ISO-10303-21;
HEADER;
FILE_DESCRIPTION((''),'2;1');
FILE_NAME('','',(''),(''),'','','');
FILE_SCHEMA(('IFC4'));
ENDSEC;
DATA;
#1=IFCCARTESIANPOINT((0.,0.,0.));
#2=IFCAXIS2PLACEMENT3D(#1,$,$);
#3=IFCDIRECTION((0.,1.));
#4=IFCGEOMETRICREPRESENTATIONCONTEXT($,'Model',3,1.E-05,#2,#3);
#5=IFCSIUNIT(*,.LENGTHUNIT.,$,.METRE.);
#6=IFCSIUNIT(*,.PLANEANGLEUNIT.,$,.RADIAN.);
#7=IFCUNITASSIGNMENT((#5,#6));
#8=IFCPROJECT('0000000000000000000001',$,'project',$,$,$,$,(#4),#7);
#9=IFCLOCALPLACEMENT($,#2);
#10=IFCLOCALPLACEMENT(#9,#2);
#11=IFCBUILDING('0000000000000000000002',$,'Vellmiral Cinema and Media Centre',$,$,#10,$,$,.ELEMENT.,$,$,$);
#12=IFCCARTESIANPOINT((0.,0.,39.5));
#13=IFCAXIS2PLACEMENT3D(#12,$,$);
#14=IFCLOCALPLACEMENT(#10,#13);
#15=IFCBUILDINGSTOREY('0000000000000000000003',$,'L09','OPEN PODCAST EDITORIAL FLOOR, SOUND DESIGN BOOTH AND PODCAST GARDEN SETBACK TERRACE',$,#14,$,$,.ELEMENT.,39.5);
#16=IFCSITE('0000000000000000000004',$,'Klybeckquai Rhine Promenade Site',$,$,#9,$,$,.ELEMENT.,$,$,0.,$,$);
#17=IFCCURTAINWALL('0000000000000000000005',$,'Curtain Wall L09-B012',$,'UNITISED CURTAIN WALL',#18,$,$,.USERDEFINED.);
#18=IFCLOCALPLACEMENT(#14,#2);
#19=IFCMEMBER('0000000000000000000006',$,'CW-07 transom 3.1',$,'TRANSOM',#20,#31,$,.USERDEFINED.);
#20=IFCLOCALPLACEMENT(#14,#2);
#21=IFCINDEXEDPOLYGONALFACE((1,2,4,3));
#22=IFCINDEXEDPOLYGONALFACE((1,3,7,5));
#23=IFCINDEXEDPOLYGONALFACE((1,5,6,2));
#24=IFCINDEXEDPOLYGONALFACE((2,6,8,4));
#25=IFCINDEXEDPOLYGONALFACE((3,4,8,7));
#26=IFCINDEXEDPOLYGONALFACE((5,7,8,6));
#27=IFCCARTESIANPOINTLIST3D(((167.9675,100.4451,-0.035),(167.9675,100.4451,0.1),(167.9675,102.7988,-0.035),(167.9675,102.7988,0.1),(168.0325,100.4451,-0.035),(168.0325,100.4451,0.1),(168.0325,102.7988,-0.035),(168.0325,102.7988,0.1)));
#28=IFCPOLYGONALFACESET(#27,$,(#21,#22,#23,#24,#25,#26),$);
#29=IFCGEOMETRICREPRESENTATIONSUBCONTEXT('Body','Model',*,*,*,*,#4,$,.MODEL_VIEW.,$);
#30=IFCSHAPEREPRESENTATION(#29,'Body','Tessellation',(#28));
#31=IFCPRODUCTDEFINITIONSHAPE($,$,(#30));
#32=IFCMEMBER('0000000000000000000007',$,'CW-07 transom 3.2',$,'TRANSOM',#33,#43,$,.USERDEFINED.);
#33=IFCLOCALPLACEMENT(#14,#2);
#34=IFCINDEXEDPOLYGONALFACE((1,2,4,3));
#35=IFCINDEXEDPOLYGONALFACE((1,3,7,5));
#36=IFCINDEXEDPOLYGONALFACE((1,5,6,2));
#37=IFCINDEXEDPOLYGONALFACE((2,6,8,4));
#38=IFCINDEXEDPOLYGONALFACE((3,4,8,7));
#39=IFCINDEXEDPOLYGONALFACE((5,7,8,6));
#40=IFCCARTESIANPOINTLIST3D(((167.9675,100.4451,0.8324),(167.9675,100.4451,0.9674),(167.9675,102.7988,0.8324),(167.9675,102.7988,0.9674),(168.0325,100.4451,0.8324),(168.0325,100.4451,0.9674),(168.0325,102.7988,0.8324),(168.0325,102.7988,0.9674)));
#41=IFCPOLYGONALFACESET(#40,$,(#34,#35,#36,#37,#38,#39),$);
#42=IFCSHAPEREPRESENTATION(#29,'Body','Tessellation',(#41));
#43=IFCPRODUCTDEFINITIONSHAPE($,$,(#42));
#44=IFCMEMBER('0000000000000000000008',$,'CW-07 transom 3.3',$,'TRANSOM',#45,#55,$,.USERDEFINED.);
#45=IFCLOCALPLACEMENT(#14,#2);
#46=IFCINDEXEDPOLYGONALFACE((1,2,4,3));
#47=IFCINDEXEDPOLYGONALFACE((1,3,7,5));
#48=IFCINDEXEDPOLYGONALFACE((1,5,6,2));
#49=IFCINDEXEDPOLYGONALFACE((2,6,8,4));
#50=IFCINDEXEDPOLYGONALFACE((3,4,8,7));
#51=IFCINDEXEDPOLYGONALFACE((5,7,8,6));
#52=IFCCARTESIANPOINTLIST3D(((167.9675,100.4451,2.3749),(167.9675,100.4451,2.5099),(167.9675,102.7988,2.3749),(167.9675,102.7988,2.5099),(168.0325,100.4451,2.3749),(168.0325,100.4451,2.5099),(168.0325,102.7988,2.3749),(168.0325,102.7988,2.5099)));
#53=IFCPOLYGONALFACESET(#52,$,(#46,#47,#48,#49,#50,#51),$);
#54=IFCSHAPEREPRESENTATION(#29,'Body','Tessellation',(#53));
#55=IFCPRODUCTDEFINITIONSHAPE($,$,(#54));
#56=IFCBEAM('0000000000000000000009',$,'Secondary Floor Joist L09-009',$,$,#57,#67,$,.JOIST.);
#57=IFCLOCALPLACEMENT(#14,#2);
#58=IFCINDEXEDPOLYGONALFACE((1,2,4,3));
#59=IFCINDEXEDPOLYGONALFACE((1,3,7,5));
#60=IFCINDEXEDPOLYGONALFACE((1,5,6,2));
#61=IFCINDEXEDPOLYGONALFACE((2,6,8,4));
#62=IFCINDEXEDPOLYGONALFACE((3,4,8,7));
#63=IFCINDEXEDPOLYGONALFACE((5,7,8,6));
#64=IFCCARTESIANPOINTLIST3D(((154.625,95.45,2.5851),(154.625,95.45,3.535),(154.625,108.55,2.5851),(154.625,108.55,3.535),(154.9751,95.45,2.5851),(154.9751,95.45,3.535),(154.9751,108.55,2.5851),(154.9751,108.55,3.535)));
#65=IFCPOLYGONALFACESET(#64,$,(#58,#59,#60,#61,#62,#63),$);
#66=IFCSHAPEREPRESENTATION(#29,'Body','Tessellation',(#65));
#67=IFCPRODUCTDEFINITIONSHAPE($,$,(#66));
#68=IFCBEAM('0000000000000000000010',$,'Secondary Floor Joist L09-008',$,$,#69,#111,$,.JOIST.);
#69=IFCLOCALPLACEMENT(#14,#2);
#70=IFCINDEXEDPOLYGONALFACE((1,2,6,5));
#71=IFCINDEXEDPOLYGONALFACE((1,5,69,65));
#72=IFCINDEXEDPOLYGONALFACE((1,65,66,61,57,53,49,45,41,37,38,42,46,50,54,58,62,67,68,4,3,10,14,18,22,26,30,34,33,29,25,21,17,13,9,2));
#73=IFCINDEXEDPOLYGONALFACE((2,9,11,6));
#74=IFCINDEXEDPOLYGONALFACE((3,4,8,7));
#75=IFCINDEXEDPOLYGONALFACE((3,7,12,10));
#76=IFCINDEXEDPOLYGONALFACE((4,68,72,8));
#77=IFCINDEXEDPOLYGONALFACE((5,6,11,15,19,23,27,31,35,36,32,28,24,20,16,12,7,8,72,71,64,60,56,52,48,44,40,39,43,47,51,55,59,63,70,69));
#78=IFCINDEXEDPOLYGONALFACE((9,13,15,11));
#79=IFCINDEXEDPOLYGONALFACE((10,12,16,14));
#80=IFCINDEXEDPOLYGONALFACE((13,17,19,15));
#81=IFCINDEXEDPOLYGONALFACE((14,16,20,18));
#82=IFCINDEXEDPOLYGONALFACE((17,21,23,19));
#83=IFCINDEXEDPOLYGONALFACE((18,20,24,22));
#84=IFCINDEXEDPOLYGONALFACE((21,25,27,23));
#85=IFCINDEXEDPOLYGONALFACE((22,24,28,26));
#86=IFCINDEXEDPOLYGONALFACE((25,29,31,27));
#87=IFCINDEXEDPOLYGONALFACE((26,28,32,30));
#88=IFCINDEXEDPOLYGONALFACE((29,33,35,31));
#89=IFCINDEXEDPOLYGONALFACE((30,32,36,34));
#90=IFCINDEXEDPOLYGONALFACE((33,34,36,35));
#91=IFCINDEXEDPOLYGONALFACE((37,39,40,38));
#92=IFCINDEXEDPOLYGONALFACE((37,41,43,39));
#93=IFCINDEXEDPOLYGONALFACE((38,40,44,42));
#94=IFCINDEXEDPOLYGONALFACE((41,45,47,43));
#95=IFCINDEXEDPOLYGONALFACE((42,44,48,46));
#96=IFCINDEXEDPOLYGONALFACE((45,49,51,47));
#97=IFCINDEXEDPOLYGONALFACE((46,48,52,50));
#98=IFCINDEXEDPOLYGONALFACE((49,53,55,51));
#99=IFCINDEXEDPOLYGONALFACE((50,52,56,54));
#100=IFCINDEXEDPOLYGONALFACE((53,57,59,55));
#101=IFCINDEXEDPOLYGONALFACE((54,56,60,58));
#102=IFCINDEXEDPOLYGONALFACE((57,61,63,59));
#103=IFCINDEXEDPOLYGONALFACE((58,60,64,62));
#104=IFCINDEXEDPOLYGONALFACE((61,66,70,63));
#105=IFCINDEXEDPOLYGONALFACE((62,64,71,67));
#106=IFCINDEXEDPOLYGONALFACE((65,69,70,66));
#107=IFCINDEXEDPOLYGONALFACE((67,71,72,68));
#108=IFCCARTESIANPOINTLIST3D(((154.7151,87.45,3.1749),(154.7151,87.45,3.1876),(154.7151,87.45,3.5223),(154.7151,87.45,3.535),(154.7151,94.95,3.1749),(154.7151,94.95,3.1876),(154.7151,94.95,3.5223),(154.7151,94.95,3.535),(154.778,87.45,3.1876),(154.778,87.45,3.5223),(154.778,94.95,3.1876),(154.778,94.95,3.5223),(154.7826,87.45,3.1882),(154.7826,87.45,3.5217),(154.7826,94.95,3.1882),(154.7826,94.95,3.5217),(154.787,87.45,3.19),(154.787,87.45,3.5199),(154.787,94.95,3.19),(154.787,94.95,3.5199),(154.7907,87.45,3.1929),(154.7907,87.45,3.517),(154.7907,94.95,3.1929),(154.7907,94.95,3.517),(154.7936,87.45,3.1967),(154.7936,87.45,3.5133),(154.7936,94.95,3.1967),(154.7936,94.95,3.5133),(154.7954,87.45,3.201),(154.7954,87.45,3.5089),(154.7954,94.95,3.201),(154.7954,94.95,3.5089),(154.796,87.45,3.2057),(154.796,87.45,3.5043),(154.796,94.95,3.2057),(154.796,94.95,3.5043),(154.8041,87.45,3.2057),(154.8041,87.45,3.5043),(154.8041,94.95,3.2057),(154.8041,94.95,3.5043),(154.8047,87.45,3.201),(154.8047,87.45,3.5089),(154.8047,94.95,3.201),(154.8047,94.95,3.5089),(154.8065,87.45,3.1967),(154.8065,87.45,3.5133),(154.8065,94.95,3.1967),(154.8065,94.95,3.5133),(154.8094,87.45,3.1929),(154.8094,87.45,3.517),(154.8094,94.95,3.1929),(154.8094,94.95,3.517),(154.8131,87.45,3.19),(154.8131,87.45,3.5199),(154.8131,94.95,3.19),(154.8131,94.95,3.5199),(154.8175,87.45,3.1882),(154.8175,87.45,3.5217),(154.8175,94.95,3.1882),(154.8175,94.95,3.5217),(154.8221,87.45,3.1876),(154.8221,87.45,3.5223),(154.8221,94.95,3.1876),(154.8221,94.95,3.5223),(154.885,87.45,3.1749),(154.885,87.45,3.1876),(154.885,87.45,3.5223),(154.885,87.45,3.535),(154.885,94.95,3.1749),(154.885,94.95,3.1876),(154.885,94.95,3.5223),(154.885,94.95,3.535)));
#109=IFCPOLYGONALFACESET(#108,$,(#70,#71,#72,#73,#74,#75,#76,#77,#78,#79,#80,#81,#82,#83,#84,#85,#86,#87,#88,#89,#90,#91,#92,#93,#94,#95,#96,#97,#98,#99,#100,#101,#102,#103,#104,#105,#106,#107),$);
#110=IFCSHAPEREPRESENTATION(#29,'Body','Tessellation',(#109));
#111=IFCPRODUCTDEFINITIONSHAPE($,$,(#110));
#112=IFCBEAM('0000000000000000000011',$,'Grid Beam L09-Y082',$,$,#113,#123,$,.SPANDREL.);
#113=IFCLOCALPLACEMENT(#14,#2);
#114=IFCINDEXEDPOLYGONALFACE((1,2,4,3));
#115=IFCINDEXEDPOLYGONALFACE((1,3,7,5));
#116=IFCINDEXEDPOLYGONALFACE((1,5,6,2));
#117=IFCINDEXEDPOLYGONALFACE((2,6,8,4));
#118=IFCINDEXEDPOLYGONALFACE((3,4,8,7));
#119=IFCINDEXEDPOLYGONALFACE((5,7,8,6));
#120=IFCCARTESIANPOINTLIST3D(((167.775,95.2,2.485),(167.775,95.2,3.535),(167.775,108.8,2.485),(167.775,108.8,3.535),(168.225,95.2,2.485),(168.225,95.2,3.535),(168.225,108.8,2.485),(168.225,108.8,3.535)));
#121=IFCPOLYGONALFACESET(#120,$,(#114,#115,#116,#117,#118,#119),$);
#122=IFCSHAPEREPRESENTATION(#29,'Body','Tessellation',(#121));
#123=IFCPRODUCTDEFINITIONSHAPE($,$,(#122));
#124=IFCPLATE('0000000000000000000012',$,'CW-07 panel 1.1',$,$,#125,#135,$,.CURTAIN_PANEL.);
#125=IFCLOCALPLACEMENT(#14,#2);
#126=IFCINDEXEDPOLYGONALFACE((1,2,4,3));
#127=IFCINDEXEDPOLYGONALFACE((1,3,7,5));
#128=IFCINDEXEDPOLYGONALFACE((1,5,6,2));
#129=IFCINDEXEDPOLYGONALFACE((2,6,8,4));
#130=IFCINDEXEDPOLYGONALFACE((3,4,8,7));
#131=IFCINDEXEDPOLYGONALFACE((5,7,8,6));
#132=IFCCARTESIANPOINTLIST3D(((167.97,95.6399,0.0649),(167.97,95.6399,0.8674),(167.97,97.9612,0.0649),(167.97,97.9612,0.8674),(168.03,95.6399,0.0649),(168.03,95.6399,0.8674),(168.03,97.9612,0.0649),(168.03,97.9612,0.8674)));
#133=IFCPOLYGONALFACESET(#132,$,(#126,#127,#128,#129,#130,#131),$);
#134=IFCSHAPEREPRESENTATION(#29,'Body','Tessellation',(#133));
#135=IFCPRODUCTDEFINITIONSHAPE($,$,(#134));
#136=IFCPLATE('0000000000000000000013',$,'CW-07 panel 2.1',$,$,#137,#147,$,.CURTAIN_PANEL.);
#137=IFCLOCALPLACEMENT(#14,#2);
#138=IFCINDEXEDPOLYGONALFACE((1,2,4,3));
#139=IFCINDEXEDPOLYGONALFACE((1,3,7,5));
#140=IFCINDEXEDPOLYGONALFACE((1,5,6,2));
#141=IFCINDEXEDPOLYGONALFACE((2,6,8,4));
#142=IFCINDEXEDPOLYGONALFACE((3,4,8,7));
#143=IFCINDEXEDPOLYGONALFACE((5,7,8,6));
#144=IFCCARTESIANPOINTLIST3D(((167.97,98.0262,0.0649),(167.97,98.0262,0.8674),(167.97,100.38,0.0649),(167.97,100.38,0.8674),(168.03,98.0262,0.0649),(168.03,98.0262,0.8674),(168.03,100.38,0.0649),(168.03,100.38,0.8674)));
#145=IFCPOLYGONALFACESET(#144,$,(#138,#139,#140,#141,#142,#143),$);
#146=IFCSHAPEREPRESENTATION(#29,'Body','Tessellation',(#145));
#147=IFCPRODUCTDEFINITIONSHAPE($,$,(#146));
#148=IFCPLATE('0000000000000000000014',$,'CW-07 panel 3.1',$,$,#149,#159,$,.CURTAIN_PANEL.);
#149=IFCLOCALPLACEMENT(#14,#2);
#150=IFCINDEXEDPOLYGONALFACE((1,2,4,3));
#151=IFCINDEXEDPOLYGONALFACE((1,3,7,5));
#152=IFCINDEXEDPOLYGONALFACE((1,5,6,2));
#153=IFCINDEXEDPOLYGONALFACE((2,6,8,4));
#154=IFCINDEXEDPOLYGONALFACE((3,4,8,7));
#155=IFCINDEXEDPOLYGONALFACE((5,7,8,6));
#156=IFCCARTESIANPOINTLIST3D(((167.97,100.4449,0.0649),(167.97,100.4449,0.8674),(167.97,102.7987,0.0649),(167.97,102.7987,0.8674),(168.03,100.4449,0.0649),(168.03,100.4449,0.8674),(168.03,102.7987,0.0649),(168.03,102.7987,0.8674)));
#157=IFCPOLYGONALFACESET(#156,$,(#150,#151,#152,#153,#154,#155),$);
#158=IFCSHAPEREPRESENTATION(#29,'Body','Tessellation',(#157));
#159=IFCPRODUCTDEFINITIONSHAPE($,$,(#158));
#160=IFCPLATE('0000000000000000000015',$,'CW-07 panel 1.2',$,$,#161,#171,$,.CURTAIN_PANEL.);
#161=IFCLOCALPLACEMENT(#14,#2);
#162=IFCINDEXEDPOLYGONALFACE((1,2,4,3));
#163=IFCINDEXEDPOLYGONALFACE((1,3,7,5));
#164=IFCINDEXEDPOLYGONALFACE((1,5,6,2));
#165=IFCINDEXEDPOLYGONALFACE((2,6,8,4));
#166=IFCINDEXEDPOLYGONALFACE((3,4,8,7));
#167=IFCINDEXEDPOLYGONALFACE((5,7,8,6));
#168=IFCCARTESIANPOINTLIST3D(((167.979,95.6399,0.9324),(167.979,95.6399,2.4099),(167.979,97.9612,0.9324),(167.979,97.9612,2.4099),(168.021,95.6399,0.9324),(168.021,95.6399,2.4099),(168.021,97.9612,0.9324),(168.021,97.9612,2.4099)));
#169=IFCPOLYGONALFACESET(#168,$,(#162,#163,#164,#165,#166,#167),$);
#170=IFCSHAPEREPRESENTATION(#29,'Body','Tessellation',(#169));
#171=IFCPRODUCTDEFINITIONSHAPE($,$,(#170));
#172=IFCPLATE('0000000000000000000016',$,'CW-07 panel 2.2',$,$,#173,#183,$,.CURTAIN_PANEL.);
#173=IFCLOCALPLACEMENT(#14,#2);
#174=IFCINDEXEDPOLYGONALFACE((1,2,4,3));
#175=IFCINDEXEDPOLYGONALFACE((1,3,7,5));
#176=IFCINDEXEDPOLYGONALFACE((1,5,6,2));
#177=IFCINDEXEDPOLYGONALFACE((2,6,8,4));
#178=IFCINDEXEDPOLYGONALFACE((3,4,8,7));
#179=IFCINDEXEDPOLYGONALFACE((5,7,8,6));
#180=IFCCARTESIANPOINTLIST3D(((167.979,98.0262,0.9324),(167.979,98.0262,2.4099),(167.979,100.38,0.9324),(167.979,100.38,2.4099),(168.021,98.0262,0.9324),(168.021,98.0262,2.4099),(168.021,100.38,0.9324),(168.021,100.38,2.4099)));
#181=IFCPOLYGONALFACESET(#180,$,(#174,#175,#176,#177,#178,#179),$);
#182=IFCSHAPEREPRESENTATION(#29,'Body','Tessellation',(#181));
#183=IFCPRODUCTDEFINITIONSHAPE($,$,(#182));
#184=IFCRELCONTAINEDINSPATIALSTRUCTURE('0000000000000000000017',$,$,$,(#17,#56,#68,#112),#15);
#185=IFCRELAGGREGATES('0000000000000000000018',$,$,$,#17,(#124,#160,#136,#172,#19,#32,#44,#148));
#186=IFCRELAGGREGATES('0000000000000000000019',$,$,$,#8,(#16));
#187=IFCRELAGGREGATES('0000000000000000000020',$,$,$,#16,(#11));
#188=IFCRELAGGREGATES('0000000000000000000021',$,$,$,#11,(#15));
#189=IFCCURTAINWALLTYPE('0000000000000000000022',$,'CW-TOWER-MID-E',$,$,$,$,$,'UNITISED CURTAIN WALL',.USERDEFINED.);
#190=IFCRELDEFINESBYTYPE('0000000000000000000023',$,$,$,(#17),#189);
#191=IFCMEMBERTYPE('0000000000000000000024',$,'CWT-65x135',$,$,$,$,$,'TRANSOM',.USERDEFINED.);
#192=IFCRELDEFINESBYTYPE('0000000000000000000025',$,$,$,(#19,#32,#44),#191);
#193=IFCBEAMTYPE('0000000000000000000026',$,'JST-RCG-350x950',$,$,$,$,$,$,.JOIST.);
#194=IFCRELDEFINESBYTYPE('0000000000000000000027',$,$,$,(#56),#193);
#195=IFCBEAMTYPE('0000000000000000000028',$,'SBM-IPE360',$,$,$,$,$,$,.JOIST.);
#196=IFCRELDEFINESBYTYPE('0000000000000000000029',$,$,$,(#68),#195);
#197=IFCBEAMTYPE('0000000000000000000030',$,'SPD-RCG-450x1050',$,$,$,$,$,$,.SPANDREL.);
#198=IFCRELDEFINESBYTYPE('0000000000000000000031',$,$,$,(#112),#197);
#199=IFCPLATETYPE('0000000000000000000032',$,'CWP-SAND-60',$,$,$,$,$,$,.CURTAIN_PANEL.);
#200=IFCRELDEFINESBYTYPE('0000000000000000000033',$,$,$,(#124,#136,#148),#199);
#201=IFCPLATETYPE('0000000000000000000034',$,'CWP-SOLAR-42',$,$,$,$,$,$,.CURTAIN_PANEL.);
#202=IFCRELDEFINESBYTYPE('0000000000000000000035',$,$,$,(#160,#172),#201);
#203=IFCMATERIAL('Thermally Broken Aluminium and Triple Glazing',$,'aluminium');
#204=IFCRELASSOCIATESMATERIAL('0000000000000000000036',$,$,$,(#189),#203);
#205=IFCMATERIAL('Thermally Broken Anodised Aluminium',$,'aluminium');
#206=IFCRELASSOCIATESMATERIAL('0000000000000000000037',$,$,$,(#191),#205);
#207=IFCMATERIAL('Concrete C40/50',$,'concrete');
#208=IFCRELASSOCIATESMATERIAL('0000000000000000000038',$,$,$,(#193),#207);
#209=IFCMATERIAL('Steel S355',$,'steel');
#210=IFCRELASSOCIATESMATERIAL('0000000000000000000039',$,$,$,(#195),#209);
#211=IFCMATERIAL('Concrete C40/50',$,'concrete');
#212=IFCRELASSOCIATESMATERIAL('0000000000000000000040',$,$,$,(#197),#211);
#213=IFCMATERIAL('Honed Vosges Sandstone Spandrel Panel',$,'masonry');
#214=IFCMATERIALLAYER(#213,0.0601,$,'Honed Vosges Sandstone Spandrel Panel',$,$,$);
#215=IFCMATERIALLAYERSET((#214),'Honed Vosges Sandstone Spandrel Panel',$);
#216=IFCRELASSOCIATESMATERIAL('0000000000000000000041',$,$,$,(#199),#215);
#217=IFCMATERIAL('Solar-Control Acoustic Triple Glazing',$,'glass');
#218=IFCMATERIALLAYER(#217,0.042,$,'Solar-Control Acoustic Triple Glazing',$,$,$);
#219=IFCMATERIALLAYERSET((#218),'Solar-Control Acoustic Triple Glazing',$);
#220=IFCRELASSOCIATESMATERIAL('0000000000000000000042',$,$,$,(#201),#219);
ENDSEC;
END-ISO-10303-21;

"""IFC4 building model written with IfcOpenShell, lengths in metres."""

from ifc_helpers import new_model, si_unit, direction, frame, origin, origin_2d, place, context, subcontext, project, spatial, rectangle, i_section, extrude, material, layer, layer_set, material_profile, profile_set, type_object, element, aggregate, save


model = new_model("IFC4")

# Units and contexts
model_context = context("Model", 3, precision=1e-05, world=origin(), true_north=direction((0.0, 1.0)))
body_context = subcontext(model_context, "Body", "Model", "MODEL_VIEW")
ifc_project = project(units=[si_unit("LENGTHUNIT", "METRE"), si_unit("PLANEANGLEUNIT", "RADIAN")], contexts=[model_context])

# Site, building, storey
site_placement = place(None, origin())
site = spatial("IfcSite", under=ifc_project, at=site_placement, Name="Klybeckquai Rhine Promenade Site", CompositionType="ELEMENT", RefElevation=0.0)
building_placement = place(site_placement, origin())
building = spatial("IfcBuilding", under=site, at=building_placement, Name="Vellmiral Cinema and Media Centre", CompositionType="ELEMENT")
storey_placement = place(building_placement, frame((0.0, 0.0, 39.5)))
storey = spatial("IfcBuildingStorey", under=building, at=storey_placement, Name="L09", Description="OPEN PODCAST EDITORIAL FLOOR, SOUND DESIGN BOOTH AND PODCAST GARDEN SETBACK TERRACE", CompositionType="ELEMENT", Elevation=39.5)

# Curtain wall, members
ifc_material_1 = material(Name="Thermally Broken Aluminium and Triple Glazing", Category="aluminium")
curtain_wall_type = type_object("IfcCurtainWallType", Name="CW-TOWER-MID-E", ElementType="UNITISED CURTAIN WALL", PredefinedType="USERDEFINED", material=ifc_material_1)
curtain_wall_placement = place(storey_placement, origin())
curtain_wall = element("IfcCurtainWall", 1, at=curtain_wall_placement, inside=storey, type_object=curtain_wall_type, Name="Curtain Wall L09-B012", ObjectType="UNITISED CURTAIN WALL", PredefinedType="USERDEFINED")
ifc_material_2 = material(Name="Thermally Broken Anodised Aluminium", Category="aluminium")
ifc_material_profile_1 = material_profile(ifc_material_2, rectangle(XDim=0.0649, YDim=0.135, at=origin_2d()), Name="MULL 65x135")
ifc_profile_set_1 = profile_set([ifc_material_profile_1], Name="Thermally Broken Anodised Aluminium")
member_type_1 = type_object("IfcMemberType", Name="CWT-65x135", ElementType="TRANSOM", PredefinedType="USERDEFINED", material=ifc_profile_set_1)
member_1_placement = place(storey_placement, frame((168.0, 100.4451, 0.0325), z_axis=(0.0, 1.0, 0.0), x_axis=(-1.0, 0.0, 0.0)))
member_1 = element("IfcMember", 2, at=member_1_placement, type_object=member_type_1, Name="CW-07 transom 3.1", ObjectType="TRANSOM", PredefinedType="USERDEFINED", context=body_context, shape_type="SweptSolid", body=[
    extrude(rectangle(XDim=0.0649, YDim=0.135, at=origin_2d()), origin(), (0.0, 0.0, 1.0), 2.3538),
])
member_2_placement = place(storey_placement, frame((168.0, 100.4451, 0.8999), z_axis=(0.0, 1.0, 0.0), x_axis=(-1.0, 0.0, 0.0)))
member_2 = element("IfcMember", 3, at=member_2_placement, type_object=member_type_1, Name="CW-07 transom 3.2", ObjectType="TRANSOM", PredefinedType="USERDEFINED", context=body_context, shape_type="SweptSolid", body=[
    extrude(rectangle(XDim=0.0649, YDim=0.135, at=origin_2d()), origin(), (0.0, 0.0, 1.0), 2.3538),
])
member_3_placement = place(storey_placement, frame((168.0, 100.4451, 2.4424), z_axis=(0.0, 1.0, 0.0), x_axis=(-1.0, 0.0, 0.0)))
member_3 = element("IfcMember", 4, at=member_3_placement, type_object=member_type_1, Name="CW-07 transom 3.3", ObjectType="TRANSOM", PredefinedType="USERDEFINED", context=body_context, shape_type="SweptSolid", body=[
    extrude(rectangle(XDim=0.0649, YDim=0.135, at=origin_2d()), origin(), (0.0, 0.0, 1.0), 2.3538),
])

# Beams
ifc_material_3 = material(Name="Concrete C40/50", Category="concrete")
ifc_material_profile_2 = material_profile(ifc_material_3, rectangle(XDim=0.3501, YDim=0.95, at=origin_2d()), Name="RC 350x950")
ifc_profile_set_2 = profile_set([ifc_material_profile_2], Name="Concrete C40/50")
beam_type_1 = type_object("IfcBeamType", Name="JST-RCG-350x950", PredefinedType="JOIST", material=ifc_profile_set_2)
beam_1_placement = place(storey_placement, frame((154.8, 95.45, 3.0601), z_axis=(0.0, 1.0, 0.0), x_axis=(-1.0, 0.0, 0.0)))
element("IfcBeam", 5, at=beam_1_placement, inside=storey, type_object=beam_type_1, Name="Secondary Floor Joist L09-009", PredefinedType="JOIST", context=body_context, shape_type="SweptSolid", body=[
    extrude(rectangle(XDim=0.3501, YDim=0.95, at=origin_2d()), origin(), (0.0, 0.0, 1.0), 13.1001),
])
ifc_material_4 = material(Name="Steel S355", Category="steel")
ifc_material_profile_3 = material_profile(ifc_material_4, i_section(OverallWidth=0.1699, OverallDepth=0.3601, WebThickness=0.0081, FlangeThickness=0.0127, FilletRadius=0.0181, at=origin_2d()), Name="IPE 360")
ifc_profile_set_3 = profile_set([ifc_material_profile_3], Name="Steel S355")
beam_type_2 = type_object("IfcBeamType", Name="SBM-IPE360", PredefinedType="JOIST", material=ifc_profile_set_3)
beam_2_placement = place(storey_placement, frame((154.8, 87.45, 3.355), z_axis=(0.0, 1.0, 0.0), x_axis=(-1.0, 0.0, 0.0)))
element("IfcBeam", 6, at=beam_2_placement, inside=storey, type_object=beam_type_2, Name="Secondary Floor Joist L09-008", PredefinedType="JOIST", context=body_context, shape_type="SweptSolid", body=[
    extrude(i_section(OverallWidth=0.1699, OverallDepth=0.3601, WebThickness=0.0081, FlangeThickness=0.0127, FilletRadius=0.0181, at=origin_2d()), origin(), (0.0, 0.0, 1.0), 7.5),
])
ifc_material_5 = material(Name="Concrete C40/50", Category="concrete")
ifc_material_profile_4 = material_profile(ifc_material_5, rectangle(XDim=0.45, YDim=1.05, at=origin_2d()), Name="RC 450x1050")
ifc_profile_set_4 = profile_set([ifc_material_profile_4], Name="Concrete C40/50")
beam_type_3 = type_object("IfcBeamType", Name="SPD-RCG-450x1050", PredefinedType="SPANDREL", material=ifc_profile_set_4)
beam_3_placement = place(storey_placement, frame((168.0, 95.2, 3.01), z_axis=(0.0, 1.0, 0.0), x_axis=(-1.0, 0.0, 0.0)))
element("IfcBeam", 7, at=beam_3_placement, inside=storey, type_object=beam_type_3, Name="Grid Beam L09-Y082", PredefinedType="SPANDREL", context=body_context, shape_type="SweptSolid", body=[
    extrude(rectangle(XDim=0.45, YDim=1.05, at=origin_2d()), origin(), (0.0, 0.0, 1.0), 13.6001),
])

# Plates
ifc_material_6 = material(Name="Honed Vosges Sandstone Spandrel Panel", Category="masonry")
ifc_layer_1 = layer(ifc_material_6, 0.0601, Name="Honed Vosges Sandstone Spandrel Panel")
ifc_layer_set_1 = layer_set([ifc_layer_1], Name="Honed Vosges Sandstone Spandrel Panel")
plate_type_1 = type_object("IfcPlateType", Name="CWP-SAND-60", PredefinedType="CURTAIN_PANEL", material=ifc_layer_set_1)
plate_1_placement = place(storey_placement, frame((168.0, 96.8005, 0.0649), z_axis=(0.0, 0.0, 1.0), x_axis=(0.0, 1.0, 0.0)))
plate_1 = element("IfcPlate", 8, at=plate_1_placement, type_object=plate_type_1, Name="CW-07 panel 1.1", PredefinedType="CURTAIN_PANEL", context=body_context, shape_type="SweptSolid", body=[
    extrude(rectangle(XDim=2.3213, YDim=0.0601, at=origin_2d()), origin(), (0.0, 0.0, 1.0), 0.8025),
])
plate_2_placement = place(storey_placement, frame((168.0, 99.2031, 0.0649), z_axis=(0.0, 0.0, 1.0), x_axis=(0.0, 1.0, 0.0)))
plate_2 = element("IfcPlate", 9, at=plate_2_placement, type_object=plate_type_1, Name="CW-07 panel 2.1", PredefinedType="CURTAIN_PANEL", context=body_context, shape_type="SweptSolid", body=[
    extrude(rectangle(XDim=2.3538, YDim=0.0601, at=origin_2d()), origin(), (0.0, 0.0, 1.0), 0.8025),
])
plate_3_placement = place(storey_placement, frame((168.0, 101.6218, 0.0649), z_axis=(0.0, 0.0, 1.0), x_axis=(0.0, 1.0, 0.0)))
plate_3 = element("IfcPlate", 10, at=plate_3_placement, type_object=plate_type_1, Name="CW-07 panel 3.1", PredefinedType="CURTAIN_PANEL", context=body_context, shape_type="SweptSolid", body=[
    extrude(rectangle(XDim=2.3538, YDim=0.0601, at=origin_2d()), origin(), (0.0, 0.0, 1.0), 0.8025),
])
ifc_material_7 = material(Name="Solar-Control Acoustic Triple Glazing", Category="glass")
ifc_layer_2 = layer(ifc_material_7, 0.042, Name="Solar-Control Acoustic Triple Glazing")
ifc_layer_set_2 = layer_set([ifc_layer_2], Name="Solar-Control Acoustic Triple Glazing")
plate_type_2 = type_object("IfcPlateType", Name="CWP-SOLAR-42", PredefinedType="CURTAIN_PANEL", material=ifc_layer_set_2)
plate_4_placement = place(storey_placement, frame((168.0, 96.8005, 0.9324), z_axis=(0.0, 0.0, 1.0), x_axis=(0.0, 1.0, 0.0)))
plate_4 = element("IfcPlate", 11, at=plate_4_placement, type_object=plate_type_2, Name="CW-07 panel 1.2", PredefinedType="CURTAIN_PANEL", context=body_context, shape_type="SweptSolid", body=[
    extrude(rectangle(XDim=2.3213, YDim=0.042, at=origin_2d()), origin(), (0.0, 0.0, 1.0), 1.4775),
])
plate_5_placement = place(storey_placement, frame((168.0, 99.2031, 0.9324), z_axis=(0.0, 0.0, 1.0), x_axis=(0.0, 1.0, 0.0)))
plate_5 = element("IfcPlate", 12, at=plate_5_placement, type_object=plate_type_2, Name="CW-07 panel 2.2", PredefinedType="CURTAIN_PANEL", context=body_context, shape_type="SweptSolid", body=[
    extrude(rectangle(XDim=2.3538, YDim=0.042, at=origin_2d()), origin(), (0.0, 0.0, 1.0), 1.4775),
])
aggregate(curtain_wall, [plate_1, plate_4, plate_2, plate_5, member_1, member_2, member_3, plate_3])

save(model, "model.ifc")
